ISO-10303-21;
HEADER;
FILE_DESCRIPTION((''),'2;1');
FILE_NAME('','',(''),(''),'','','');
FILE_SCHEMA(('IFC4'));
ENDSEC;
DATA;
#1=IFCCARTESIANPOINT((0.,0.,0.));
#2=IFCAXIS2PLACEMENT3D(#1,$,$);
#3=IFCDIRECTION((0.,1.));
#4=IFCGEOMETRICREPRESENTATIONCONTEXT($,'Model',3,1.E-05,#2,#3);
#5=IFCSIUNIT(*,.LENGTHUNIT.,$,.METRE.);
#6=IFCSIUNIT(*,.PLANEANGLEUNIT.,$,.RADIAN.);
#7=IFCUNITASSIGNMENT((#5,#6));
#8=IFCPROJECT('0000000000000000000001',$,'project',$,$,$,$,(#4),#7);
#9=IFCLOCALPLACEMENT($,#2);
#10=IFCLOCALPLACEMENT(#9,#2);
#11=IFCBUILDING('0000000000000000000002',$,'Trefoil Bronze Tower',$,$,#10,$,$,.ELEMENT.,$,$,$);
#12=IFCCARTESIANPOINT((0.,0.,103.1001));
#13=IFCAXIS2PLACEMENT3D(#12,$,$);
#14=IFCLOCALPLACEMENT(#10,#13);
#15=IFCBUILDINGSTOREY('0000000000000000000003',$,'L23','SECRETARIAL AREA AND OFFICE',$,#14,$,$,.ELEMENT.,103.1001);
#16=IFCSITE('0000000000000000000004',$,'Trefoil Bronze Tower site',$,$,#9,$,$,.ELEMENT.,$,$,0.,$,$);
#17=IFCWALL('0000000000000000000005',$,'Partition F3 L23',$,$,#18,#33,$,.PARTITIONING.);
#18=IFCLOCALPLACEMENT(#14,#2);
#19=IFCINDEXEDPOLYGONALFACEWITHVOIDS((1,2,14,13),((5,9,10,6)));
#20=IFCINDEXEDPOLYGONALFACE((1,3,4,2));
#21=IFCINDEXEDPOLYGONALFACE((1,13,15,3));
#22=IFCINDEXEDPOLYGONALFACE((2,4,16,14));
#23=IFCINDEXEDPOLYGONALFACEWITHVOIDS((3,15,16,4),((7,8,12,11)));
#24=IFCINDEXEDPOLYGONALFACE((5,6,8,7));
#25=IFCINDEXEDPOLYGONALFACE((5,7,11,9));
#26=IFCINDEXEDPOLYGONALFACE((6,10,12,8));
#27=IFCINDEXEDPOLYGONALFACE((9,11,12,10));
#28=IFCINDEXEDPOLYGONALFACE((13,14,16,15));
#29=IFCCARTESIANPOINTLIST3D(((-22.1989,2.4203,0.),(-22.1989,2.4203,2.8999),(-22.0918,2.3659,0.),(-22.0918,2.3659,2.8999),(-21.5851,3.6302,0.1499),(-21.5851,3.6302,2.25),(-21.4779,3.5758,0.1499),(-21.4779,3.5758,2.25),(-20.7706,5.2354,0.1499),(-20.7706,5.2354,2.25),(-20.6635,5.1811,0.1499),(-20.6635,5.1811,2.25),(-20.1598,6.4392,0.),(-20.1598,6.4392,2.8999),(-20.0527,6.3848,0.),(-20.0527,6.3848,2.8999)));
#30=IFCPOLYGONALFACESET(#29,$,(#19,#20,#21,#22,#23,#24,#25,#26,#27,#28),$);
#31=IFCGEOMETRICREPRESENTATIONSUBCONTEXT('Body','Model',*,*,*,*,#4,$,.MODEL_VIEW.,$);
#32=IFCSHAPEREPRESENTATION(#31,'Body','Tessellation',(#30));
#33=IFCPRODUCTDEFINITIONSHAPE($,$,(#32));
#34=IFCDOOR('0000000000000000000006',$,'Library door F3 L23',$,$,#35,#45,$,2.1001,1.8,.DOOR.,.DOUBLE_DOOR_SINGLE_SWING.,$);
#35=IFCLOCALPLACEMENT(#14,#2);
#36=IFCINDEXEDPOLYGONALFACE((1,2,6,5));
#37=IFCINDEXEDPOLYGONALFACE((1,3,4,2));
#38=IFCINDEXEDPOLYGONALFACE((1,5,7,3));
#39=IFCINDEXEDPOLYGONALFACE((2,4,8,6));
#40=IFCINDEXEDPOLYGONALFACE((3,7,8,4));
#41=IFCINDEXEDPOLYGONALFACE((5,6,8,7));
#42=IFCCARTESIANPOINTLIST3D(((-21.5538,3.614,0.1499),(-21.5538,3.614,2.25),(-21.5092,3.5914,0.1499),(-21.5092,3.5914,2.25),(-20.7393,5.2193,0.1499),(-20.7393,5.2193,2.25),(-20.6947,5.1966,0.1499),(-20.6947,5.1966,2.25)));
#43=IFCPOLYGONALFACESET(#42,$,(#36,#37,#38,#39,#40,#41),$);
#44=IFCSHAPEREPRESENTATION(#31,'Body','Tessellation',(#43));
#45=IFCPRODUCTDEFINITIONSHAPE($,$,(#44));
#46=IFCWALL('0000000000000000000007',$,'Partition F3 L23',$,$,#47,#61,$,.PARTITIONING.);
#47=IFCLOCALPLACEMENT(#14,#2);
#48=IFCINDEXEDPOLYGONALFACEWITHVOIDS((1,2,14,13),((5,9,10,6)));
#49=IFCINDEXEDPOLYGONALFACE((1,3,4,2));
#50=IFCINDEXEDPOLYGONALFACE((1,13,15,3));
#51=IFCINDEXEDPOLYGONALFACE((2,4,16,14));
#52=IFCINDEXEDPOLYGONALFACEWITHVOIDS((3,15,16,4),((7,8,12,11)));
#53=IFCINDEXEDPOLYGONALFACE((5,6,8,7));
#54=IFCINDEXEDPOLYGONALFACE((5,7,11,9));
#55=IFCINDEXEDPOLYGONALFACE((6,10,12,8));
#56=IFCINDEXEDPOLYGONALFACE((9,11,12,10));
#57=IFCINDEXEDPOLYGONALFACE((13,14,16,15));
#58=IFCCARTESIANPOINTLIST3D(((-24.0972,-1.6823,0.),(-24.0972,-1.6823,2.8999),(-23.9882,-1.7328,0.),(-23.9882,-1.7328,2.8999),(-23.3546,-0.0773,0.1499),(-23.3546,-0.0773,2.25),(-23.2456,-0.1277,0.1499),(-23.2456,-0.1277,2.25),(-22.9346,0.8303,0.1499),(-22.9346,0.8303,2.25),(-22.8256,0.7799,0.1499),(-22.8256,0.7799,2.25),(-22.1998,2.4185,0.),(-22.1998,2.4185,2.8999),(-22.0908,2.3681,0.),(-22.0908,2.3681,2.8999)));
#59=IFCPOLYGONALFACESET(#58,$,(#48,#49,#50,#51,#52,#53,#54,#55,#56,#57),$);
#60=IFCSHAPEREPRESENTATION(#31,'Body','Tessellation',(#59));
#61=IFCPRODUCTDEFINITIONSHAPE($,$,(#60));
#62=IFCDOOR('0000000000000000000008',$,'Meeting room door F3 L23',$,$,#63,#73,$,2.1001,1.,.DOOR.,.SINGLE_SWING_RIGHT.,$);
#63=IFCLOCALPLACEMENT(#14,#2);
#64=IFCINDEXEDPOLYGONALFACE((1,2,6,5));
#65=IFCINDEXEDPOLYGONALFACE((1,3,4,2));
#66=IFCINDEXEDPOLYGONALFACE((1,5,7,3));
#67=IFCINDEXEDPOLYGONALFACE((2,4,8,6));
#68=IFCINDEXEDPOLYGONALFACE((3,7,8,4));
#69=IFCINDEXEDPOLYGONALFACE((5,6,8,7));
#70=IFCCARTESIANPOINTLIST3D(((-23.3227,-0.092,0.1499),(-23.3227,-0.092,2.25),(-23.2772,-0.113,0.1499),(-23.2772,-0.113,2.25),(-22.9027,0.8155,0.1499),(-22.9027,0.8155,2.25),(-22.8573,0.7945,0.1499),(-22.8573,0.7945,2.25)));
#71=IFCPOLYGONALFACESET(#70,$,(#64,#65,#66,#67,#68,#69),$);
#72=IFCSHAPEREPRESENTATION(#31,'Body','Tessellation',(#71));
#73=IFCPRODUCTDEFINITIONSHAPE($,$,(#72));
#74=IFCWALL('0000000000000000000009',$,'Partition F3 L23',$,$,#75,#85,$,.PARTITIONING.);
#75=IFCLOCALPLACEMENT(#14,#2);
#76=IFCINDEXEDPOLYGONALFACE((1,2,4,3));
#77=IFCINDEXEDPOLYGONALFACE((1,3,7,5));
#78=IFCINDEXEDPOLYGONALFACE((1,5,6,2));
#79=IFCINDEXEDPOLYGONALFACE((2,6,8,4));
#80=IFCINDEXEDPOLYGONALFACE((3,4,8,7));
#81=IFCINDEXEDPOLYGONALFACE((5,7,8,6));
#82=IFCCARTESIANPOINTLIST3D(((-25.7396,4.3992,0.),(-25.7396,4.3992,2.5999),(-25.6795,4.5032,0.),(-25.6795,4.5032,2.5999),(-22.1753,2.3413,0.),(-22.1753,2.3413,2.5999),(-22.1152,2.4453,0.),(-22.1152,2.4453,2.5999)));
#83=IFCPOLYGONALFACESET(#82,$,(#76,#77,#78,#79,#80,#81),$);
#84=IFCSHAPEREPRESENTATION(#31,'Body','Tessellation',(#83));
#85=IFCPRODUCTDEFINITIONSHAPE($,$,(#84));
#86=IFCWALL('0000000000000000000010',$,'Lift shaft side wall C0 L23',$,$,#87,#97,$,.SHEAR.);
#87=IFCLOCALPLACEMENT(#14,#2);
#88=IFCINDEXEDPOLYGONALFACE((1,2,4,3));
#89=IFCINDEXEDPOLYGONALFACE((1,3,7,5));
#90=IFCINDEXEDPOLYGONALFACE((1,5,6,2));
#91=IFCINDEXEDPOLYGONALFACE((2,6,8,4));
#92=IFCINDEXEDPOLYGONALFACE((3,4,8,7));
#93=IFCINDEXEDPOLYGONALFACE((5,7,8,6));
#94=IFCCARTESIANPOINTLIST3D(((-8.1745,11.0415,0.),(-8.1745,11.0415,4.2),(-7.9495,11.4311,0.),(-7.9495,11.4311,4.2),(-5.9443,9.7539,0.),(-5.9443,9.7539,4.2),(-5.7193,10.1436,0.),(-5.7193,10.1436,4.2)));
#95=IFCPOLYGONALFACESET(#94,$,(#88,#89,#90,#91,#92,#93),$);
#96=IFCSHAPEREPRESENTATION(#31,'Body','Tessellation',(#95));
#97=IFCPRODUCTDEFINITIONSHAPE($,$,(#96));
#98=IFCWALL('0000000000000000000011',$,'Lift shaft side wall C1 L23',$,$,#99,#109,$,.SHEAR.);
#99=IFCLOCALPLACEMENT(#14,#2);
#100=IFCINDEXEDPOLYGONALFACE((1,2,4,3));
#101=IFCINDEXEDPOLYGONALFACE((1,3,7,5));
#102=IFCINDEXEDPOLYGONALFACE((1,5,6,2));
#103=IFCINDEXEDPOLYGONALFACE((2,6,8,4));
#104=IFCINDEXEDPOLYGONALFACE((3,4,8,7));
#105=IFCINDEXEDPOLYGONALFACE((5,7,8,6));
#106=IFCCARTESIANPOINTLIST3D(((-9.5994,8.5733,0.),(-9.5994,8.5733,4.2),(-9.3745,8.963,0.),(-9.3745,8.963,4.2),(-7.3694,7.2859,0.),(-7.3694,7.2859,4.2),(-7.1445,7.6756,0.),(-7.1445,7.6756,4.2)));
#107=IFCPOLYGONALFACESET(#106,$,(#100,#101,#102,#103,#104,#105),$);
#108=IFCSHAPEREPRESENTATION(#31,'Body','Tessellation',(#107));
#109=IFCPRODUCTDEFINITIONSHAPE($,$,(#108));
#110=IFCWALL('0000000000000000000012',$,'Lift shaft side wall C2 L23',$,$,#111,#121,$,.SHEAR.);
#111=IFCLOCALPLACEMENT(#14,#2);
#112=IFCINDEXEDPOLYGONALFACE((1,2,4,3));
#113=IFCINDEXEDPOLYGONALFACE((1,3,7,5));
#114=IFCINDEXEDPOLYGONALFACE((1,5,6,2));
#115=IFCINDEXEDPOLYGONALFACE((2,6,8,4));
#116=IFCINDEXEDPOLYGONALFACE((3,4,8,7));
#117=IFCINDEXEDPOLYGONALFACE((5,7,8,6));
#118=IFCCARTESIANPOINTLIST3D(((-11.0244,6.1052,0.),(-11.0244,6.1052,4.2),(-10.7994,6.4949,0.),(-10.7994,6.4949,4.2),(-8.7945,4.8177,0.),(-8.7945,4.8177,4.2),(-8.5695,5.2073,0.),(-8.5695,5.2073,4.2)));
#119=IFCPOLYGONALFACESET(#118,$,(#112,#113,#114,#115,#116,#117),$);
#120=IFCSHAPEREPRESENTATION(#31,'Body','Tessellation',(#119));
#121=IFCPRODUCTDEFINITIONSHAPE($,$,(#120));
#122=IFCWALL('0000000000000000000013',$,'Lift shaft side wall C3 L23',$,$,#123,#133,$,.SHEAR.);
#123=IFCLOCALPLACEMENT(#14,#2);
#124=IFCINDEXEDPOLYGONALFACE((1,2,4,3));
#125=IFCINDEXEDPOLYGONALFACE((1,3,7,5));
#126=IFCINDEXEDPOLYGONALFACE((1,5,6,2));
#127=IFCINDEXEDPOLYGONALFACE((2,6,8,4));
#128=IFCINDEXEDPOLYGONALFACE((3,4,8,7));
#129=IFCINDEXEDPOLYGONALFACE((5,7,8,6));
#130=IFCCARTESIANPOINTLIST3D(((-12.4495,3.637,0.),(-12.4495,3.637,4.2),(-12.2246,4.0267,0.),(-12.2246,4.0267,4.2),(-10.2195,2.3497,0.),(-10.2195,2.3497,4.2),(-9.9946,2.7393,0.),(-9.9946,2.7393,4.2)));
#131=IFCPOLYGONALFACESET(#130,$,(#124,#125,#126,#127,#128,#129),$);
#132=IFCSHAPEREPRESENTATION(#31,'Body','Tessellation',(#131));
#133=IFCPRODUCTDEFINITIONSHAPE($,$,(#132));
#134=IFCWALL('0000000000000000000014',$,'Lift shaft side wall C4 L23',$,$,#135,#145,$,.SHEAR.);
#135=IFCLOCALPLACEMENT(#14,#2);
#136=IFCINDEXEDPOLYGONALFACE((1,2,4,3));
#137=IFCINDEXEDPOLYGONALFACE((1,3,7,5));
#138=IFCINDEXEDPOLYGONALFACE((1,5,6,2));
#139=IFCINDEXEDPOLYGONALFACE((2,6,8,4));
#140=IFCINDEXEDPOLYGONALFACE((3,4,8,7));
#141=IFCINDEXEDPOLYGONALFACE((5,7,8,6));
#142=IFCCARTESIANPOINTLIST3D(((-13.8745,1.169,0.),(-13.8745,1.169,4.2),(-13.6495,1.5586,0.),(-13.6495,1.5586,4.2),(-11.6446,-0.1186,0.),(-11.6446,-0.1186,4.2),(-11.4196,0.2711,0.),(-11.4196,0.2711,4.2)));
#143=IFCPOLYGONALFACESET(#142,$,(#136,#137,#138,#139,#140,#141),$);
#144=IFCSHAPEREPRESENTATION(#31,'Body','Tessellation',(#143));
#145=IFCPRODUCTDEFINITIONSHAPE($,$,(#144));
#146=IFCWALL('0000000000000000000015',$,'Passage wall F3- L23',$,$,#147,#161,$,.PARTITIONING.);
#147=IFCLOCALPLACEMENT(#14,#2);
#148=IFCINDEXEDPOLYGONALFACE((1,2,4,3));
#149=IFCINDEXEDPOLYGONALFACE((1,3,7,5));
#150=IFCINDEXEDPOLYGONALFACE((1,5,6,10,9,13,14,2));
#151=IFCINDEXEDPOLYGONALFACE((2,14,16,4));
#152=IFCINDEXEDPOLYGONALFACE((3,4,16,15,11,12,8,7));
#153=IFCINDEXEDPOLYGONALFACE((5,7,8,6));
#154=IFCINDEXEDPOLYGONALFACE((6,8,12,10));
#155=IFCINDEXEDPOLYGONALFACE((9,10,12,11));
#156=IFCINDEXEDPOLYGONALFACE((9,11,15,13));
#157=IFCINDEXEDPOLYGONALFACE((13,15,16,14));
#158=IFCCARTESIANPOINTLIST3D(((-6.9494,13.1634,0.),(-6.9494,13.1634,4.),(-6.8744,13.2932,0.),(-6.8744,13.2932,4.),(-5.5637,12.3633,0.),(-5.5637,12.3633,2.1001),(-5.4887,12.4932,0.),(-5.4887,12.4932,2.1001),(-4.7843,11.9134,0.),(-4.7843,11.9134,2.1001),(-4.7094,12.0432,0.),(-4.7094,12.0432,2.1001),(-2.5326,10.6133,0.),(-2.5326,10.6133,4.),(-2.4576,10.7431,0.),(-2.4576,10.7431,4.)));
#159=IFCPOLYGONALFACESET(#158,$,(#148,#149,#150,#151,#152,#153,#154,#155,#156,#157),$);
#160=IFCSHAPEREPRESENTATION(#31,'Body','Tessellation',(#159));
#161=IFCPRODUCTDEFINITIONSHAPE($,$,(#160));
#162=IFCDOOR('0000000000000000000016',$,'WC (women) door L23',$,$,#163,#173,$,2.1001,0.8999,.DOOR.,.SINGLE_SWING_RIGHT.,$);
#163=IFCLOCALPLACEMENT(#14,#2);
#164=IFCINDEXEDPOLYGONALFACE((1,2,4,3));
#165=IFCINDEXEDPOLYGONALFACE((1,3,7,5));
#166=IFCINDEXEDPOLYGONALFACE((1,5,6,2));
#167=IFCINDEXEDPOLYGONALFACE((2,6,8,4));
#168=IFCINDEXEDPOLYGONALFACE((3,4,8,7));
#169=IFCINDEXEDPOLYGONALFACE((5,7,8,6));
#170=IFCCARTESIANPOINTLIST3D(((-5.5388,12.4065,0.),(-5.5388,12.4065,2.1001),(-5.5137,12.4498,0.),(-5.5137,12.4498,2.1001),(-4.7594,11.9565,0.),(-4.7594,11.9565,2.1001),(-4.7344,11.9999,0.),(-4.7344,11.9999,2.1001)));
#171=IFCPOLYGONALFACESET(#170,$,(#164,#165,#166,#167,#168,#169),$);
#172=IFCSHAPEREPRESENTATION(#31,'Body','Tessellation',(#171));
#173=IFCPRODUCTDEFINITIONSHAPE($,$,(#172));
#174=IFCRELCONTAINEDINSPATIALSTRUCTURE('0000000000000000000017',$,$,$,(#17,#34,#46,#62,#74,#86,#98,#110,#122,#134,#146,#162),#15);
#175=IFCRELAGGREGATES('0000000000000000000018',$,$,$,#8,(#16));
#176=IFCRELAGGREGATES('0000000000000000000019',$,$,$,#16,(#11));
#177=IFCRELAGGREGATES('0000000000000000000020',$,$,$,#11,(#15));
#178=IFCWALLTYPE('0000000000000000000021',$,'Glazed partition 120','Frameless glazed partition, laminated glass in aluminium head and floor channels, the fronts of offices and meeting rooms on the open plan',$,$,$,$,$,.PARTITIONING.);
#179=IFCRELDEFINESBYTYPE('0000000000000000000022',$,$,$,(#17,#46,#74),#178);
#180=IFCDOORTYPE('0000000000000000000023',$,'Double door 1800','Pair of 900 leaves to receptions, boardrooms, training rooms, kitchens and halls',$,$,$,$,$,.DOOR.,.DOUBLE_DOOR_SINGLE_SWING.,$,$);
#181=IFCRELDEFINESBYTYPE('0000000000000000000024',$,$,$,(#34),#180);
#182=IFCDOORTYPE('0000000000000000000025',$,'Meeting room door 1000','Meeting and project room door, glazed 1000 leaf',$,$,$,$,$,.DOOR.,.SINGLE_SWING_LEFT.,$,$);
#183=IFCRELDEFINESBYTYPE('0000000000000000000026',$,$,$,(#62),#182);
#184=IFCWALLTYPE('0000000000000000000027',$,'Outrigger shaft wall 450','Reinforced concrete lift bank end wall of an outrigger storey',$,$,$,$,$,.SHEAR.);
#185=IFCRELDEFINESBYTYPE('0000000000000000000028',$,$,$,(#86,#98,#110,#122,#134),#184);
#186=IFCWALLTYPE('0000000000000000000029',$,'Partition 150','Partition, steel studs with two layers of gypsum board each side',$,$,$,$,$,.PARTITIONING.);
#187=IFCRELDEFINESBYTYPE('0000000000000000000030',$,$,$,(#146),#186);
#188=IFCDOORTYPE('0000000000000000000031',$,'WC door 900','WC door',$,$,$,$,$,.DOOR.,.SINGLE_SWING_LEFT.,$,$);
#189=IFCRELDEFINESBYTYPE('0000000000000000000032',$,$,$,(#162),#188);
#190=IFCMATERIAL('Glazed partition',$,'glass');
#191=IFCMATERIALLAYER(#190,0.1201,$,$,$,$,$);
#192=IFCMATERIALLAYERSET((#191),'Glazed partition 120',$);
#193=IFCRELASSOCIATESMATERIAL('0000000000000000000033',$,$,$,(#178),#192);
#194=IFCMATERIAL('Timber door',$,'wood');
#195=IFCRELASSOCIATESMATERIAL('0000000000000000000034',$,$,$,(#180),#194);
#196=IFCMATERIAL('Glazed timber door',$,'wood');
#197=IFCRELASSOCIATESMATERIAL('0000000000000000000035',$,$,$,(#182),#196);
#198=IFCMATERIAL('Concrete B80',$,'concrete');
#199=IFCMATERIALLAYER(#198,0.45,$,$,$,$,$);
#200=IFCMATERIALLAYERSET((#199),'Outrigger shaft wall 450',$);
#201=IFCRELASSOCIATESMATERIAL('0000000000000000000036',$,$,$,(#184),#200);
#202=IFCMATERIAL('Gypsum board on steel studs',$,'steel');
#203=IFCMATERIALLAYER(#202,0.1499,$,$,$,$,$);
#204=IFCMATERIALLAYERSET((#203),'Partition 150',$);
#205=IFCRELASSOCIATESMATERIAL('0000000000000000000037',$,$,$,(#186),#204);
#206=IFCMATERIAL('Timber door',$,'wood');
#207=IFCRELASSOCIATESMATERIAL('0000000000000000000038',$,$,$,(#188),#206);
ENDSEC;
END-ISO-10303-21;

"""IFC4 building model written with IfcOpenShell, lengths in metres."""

from ifc_helpers import new_model, si_unit, direction, frame, frame_2d, origin, place, context, subcontext, project, spatial, rectangle, extrude, material, layer, layer_set, type_object, element, fill, save


model = new_model("IFC4")

# Units and contexts
model_context = context("Model", 3, precision=1e-05, world=origin(), true_north=direction((0.0, 1.0)))
body_context = subcontext(model_context, "Body", "Model", "MODEL_VIEW")
ifc_project = project(units=[si_unit("LENGTHUNIT", "METRE"), si_unit("PLANEANGLEUNIT", "RADIAN")], contexts=[model_context])

# Site, building, storey
site_placement = place(None, origin())
site = spatial("IfcSite", under=ifc_project, at=site_placement, Name="Trefoil Bronze Tower site", CompositionType="ELEMENT", RefElevation=0.0)
building_placement = place(site_placement, origin())
building = spatial("IfcBuilding", under=site, at=building_placement, Name="Trefoil Bronze Tower", CompositionType="ELEMENT")
storey_placement = place(building_placement, frame((0.0, 0.0, 103.1001)))
storey = spatial("IfcBuildingStorey", under=building, at=storey_placement, Name="L23", Description="SECRETARIAL AREA AND OFFICE", CompositionType="ELEMENT", Elevation=103.1001)

# Shared definitions
ifc_material_1 = material(Name="Glazed partition", Category="glass")
ifc_layer_1 = layer(ifc_material_1, 0.1201)
ifc_layer_set_1 = layer_set([ifc_layer_1], Name="Glazed partition 120")
wall_type_1 = type_object("IfcWallType", Name="Glazed partition 120", Description="Frameless glazed partition, laminated glass in aluminium head and floor channels, the fronts of offices and meeting rooms on the open plan", PredefinedType="PARTITIONING", material=ifc_layer_set_1)

# Walls, openings, doors
wall_1_placement = place(storey_placement, frame((-20.1062, 6.4121, 0.0), z_axis=(0.0, 0.0, 1.0), x_axis=(-0.452472, -0.891779, 0.0)))
wall_1 = element("IfcWall", 1, at=wall_1_placement, inside=storey, type_object=wall_type_1, Name="Partition F3 L23", PredefinedType="PARTITIONING", context=body_context, shape_type="SweptSolid", body=[
    extrude(rectangle(XDim=4.5066, YDim=0.1201, at=frame_2d((2.2534, 0.0))), origin(), (0.0, 0.0, 1.0), 2.8999),
])
opening_1_placement = place(wall_1_placement, frame((1.3501, 0.0, 0.1499)))
opening_1 = element("IfcOpeningElement", 2, at=opening_1_placement, cuts=wall_1, PredefinedType="OPENING", context=body_context, shape_type="SweptSolid", body=[
    extrude(rectangle(XDim=1.8, YDim=2.1001, at=frame_2d((0.8999, 1.05))), frame((0.0, 0.0701, 0.0), z_axis=(0.0, -1.0, 0.0), x_axis=(1.0, 0.0, 0.0)), (0.0, 0.0, 1.0), 0.1401),
])
ifc_material_2 = material(Name="Timber door", Category="wood")
door_type_1 = type_object("IfcDoorType", Name="Double door 1800", Description="Pair of 900 leaves to receptions, boardrooms, training rooms, kitchens and halls", OperationType="DOUBLE_DOOR_SINGLE_SWING", PredefinedType="DOOR", material=ifc_material_2)
door_1_placement = place(opening_1_placement, frame((1.8, 0.0, 0.0), z_axis=(0.0, 0.0, 1.0), x_axis=(-1.0, 0.0, 0.0)))
door_1 = element("IfcDoor", 3, at=door_1_placement, inside=storey, type_object=door_type_1, Name="Library door F3 L23", OperationType="DOUBLE_DOOR_SINGLE_SWING", OverallHeight=2.1001, OverallWidth=1.8, PredefinedType="DOOR", context=body_context, shape_type="SweptSolid", body=[
    extrude(rectangle(XDim=1.8, YDim=2.1001, at=frame_2d((0.8999, 1.05))), frame((0.0, 0.0249, 0.0), z_axis=(0.0, -1.0, 0.0), x_axis=(1.0, 0.0, 0.0)), (0.0, 0.0, 1.0), 0.05),
])
fill(opening_1, door_1)
wall_2_placement = place(storey_placement, frame((-22.1453, 2.3933, 0.0), z_axis=(0.0, 0.0, 1.0), x_axis=(-0.419928, -0.907557, 0.0)))
wall_2 = element("IfcWall", 4, at=wall_2_placement, inside=storey, type_object=wall_type_1, Name="Partition F3 L23", PredefinedType="PARTITIONING", context=body_context, shape_type="SweptSolid", body=[
    extrude(rectangle(XDim=4.5186, YDim=0.1201, at=frame_2d((2.2593, 0.0))), origin(), (0.0, 0.0, 1.0), 2.8999),
])
opening_2_placement = place(wall_2_placement, frame((1.75, 0.0, 0.1499)))
opening_2 = element("IfcOpeningElement", 5, at=opening_2_placement, cuts=wall_2, PredefinedType="OPENING", context=body_context, shape_type="SweptSolid", body=[
    extrude(rectangle(XDim=1.0, YDim=2.1001, at=frame_2d((0.5, 1.05))), frame((0.0, 0.0701, 0.0), z_axis=(0.0, -1.0, 0.0), x_axis=(1.0, 0.0, 0.0)), (0.0, 0.0, 1.0), 0.1401),
])
ifc_material_3 = material(Name="Glazed timber door", Category="wood")
door_type_2 = type_object("IfcDoorType", Name="Meeting room door 1000", Description="Meeting and project room door, glazed 1000 leaf", OperationType="SINGLE_SWING_LEFT", PredefinedType="DOOR", material=ifc_material_3)
door_2_placement = place(opening_2_placement, frame((1.0, 0.0, 0.0), z_axis=(0.0, 0.0, 1.0), x_axis=(-1.0, 0.0, 0.0)))
door_2 = element("IfcDoor", 6, at=door_2_placement, inside=storey, type_object=door_type_2, Name="Meeting room door F3 L23", OperationType="SINGLE_SWING_RIGHT", OverallHeight=2.1001, OverallWidth=1.0, PredefinedType="DOOR", context=body_context, shape_type="SweptSolid", body=[
    extrude(rectangle(XDim=1.0, YDim=2.1001, at=frame_2d((0.5, 1.05))), frame((0.0, 0.0249, 0.0), z_axis=(0.0, -1.0, 0.0), x_axis=(1.0, 0.0, 0.0)), (0.0, 0.0, 1.0), 0.05),
])
fill(opening_2, door_2)

# Walls
wall_3_placement = place(storey_placement, frame((-22.1453, 2.3933, 0.0), z_axis=(0.0, 0.0, 1.0), x_axis=(-0.866019, 0.500012, 0.0)))
element("IfcWall", 7, at=wall_3_placement, inside=storey, type_object=wall_type_1, Name="Partition F3 L23", PredefinedType="PARTITIONING", context=body_context, shape_type="SweptSolid", body=[
    extrude(rectangle(XDim=4.1157, YDim=0.1201, at=frame_2d((2.0579, 0.0))), origin(), (0.0, 0.0, 1.0), 2.5999),
])
ifc_material_4 = material(Name="Concrete B80", Category="concrete")
ifc_layer_2 = layer(ifc_material_4, 0.45)
ifc_layer_set_2 = layer_set([ifc_layer_2], Name="Outrigger shaft wall 450")
wall_type_2 = type_object("IfcWallType", Name="Outrigger shaft wall 450", Description="Reinforced concrete lift bank end wall of an outrigger storey", PredefinedType="SHEAR", material=ifc_layer_set_2)
wall_4_placement = place(storey_placement, frame((-5.8318, 9.9487, 0.0), z_axis=(0.0, 0.0, 1.0), x_axis=(-0.866029, 0.499993, 0.0)))
element("IfcWall", 8, at=wall_4_placement, inside=storey, type_object=wall_type_2, Name="Lift shaft side wall C0 L23", PredefinedType="SHEAR", context=body_context, shape_type="SweptSolid", body=[
    extrude(rectangle(XDim=2.5752, YDim=0.45, at=frame_2d((1.2876, 0.0))), origin(), (0.0, 0.0, 1.0), 4.2),
])
for number, where, z_axis, x_axis, name in (
    (9, (-7.2568, 7.4807, 0.0), (0.0, 0.0, 1.0), (-0.866047, 0.499963, 0.0), "Lift shaft side wall C1 L23"),
    (10, (-8.6819, 5.0125, 0.0), (0.0, 0.0, 1.0), (-0.866006, 0.500034, 0.0), "Lift shaft side wall C2 L23"),
    (11, (-10.1069, 2.5444, 0.0), (0.0, 0.0, 1.0), (-0.866047, 0.499963, 0.0), "Lift shaft side wall C3 L23"),
    (12, (-11.532, 0.0762, 0.0), (0.0, 0.0, 1.0), (-0.866006, 0.500034, 0.0), "Lift shaft side wall C4 L23"),
):
    element("IfcWall", number, at=place(storey_placement, frame(where, z_axis=z_axis, x_axis=x_axis)), inside=storey, type_object=wall_type_2, Name=name, PredefinedType="SHEAR", context=body_context, shape_type="SweptSolid", body=[
        extrude(rectangle(XDim=2.575, YDim=0.45, at=frame_2d((1.2876, 0.0))), origin(), (0.0, 0.0, 1.0), 4.2),
    ])

# Wall, opening, door
ifc_material_5 = material(Name="Gypsum board on steel studs", Category="steel")
ifc_layer_3 = layer(ifc_material_5, 0.1499)
ifc_layer_set_3 = layer_set([ifc_layer_3], Name="Partition 150")
wall_type_3 = type_object("IfcWallType", Name="Partition 150", Description="Partition, steel studs with two layers of gypsum board each side", PredefinedType="PARTITIONING", material=ifc_layer_set_3)
wall_5_placement = place(storey_placement, frame((-2.4951, 10.6782, 0.0), z_axis=(0.0, 0.0, 1.0), x_axis=(-0.866022, 0.500006, 0.0)))
wall_5 = element("IfcWall", 13, at=wall_5_placement, inside=storey, type_object=wall_type_3, Name="Passage wall F3- L23", PredefinedType="PARTITIONING", context=body_context, shape_type="SweptSolid", body=[
    extrude(rectangle(XDim=5.1001, YDim=0.1499, at=frame_2d((2.55, 0.0))), origin(), (0.0, 0.0, 1.0), 4.0),
])
opening_3_placement = place(wall_5_placement, frame((2.6001, 0.0, 0.0)))
opening_3 = element("IfcOpeningElement", 14, at=opening_3_placement, cuts=wall_5, PredefinedType="OPENING", context=body_context, shape_type="SweptSolid", body=[
    extrude(rectangle(XDim=0.8999, YDim=2.1001, at=frame_2d((0.45, 1.05))), frame((0.0, 0.085, 0.0), z_axis=(0.0, -1.0, 0.0), x_axis=(1.0, 0.0, 0.0)), (0.0, 0.0, 1.0), 0.1699),
])
ifc_material_6 = material(Name="Timber door", Category="wood")
door_type_3 = type_object("IfcDoorType", Name="WC door 900", Description="WC door", OperationType="SINGLE_SWING_LEFT", PredefinedType="DOOR", material=ifc_material_6)
door_3_placement = place(opening_3_placement, frame((0.8999, 0.0, 0.0), z_axis=(0.0, 0.0, 1.0), x_axis=(-1.0, 0.0, 0.0)))
door_3 = element("IfcDoor", 15, at=door_3_placement, inside=storey, type_object=door_type_3, Name="WC (women) door L23", OperationType="SINGLE_SWING_RIGHT", OverallHeight=2.1001, OverallWidth=0.8999, PredefinedType="DOOR", context=body_context, shape_type="SweptSolid", body=[
    extrude(rectangle(XDim=0.8999, YDim=2.1001, at=frame_2d((0.45, 1.05))), frame((0.0, 0.0249, 0.0), z_axis=(0.0, -1.0, 0.0), x_axis=(1.0, 0.0, 0.0)), (0.0, 0.0, 1.0), 0.05),
])
fill(opening_3, door_3)

save(model, "model.ifc")
